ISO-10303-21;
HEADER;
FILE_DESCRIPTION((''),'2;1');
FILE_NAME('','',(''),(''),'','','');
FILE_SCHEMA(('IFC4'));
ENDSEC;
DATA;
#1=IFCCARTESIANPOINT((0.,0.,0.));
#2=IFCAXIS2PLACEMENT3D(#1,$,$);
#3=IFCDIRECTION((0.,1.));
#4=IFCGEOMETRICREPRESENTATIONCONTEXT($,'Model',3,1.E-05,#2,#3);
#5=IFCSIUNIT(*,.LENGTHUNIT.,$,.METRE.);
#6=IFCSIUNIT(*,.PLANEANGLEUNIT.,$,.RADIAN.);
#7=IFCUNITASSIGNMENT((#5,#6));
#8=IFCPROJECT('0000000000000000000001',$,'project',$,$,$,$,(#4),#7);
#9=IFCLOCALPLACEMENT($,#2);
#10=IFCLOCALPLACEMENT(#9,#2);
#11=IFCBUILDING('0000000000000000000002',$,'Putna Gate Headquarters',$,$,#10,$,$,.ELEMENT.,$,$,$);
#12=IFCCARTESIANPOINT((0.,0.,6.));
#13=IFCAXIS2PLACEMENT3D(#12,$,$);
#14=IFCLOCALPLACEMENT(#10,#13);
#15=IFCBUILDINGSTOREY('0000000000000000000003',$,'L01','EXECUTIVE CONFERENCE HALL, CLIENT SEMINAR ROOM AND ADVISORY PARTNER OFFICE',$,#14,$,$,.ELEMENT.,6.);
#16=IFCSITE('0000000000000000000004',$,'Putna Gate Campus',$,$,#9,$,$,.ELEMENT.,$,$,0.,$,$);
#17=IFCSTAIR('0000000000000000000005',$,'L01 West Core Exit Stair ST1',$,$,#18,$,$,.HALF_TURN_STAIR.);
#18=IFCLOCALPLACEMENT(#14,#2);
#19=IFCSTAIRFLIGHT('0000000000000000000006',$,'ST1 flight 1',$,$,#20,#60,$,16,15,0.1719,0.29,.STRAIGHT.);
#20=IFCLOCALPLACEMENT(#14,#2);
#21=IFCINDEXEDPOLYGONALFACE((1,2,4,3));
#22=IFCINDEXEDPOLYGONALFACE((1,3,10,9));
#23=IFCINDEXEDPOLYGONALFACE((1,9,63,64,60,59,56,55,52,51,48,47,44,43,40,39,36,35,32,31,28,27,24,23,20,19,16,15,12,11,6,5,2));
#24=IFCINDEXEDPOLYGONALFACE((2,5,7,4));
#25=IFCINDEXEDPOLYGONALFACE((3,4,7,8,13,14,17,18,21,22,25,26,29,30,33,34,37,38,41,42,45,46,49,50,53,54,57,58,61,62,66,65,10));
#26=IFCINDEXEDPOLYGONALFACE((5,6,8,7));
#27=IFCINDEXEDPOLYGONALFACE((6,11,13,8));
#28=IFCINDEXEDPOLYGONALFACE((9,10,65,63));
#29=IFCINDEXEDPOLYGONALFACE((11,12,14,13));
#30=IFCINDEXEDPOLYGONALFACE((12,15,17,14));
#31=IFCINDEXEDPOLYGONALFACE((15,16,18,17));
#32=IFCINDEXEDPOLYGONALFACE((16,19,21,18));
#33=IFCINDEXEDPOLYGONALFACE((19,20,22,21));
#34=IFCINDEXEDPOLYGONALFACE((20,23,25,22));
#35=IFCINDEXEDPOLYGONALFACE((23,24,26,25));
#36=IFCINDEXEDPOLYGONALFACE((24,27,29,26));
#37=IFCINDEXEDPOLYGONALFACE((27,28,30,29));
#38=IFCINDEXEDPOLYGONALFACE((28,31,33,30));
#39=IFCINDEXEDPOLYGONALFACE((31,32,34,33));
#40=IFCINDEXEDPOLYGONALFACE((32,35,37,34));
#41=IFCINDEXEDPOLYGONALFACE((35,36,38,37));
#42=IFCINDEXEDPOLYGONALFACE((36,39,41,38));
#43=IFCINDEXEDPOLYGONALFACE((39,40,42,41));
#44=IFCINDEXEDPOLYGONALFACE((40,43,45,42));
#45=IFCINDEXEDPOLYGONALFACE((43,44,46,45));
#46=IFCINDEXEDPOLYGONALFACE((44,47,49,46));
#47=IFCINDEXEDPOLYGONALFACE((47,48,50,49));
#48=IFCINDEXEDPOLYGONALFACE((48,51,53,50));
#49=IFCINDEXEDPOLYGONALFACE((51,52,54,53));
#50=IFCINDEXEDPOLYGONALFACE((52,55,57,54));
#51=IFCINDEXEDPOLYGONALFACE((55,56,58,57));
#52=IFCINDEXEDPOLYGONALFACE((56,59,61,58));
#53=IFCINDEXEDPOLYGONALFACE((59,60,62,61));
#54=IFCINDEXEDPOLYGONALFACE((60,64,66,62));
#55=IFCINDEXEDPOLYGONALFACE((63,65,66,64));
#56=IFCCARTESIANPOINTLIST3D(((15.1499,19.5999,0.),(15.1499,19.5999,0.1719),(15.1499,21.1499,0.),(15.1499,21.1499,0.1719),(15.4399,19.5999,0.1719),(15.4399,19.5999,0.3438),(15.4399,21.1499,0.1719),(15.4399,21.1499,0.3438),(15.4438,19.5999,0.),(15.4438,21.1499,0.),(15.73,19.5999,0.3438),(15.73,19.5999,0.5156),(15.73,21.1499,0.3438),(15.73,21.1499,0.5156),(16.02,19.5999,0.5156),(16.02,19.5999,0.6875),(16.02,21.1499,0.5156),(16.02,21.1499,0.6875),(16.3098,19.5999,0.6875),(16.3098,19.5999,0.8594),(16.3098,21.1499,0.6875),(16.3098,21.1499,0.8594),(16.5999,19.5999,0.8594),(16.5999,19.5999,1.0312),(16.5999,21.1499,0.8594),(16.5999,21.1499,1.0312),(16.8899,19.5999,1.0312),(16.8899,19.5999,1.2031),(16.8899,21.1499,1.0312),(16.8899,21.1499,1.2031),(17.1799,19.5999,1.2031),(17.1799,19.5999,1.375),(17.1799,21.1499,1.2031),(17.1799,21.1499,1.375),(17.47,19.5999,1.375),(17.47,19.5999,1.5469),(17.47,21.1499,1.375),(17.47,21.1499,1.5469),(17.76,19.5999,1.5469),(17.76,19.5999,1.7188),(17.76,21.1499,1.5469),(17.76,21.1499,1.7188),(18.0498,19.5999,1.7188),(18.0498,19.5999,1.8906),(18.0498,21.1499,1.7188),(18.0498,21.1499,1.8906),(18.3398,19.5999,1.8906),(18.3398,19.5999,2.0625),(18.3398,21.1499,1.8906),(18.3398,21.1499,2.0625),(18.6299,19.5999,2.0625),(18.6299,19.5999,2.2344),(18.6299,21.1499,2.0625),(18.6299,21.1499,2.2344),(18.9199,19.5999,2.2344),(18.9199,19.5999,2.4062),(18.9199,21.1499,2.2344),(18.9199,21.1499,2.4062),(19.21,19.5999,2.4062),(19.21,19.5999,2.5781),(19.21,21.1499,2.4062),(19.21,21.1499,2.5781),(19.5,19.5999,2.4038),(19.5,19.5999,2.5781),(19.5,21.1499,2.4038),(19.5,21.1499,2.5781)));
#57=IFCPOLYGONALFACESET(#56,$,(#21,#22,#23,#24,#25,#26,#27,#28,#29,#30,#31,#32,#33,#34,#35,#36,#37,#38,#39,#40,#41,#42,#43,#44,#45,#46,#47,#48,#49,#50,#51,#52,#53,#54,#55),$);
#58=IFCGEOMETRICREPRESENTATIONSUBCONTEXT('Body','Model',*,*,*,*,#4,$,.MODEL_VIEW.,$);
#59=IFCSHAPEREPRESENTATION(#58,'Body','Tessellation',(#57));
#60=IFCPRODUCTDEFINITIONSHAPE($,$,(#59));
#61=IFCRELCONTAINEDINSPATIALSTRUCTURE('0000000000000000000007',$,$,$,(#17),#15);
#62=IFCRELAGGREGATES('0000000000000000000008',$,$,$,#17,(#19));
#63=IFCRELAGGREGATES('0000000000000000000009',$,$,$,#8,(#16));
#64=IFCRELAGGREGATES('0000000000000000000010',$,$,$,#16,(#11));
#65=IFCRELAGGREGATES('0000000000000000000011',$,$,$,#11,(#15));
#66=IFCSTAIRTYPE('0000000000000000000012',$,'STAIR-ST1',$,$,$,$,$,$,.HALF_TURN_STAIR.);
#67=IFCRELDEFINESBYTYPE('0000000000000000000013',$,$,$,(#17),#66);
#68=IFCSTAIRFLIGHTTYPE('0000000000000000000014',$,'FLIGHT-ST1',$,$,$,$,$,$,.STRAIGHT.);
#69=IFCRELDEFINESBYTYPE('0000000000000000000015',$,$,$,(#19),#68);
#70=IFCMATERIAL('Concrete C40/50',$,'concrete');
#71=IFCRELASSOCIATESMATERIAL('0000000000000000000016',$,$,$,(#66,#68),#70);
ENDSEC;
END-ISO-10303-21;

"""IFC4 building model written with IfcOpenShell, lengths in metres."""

from ifc_helpers import new_model, si_unit, direction, frame, origin, place, context, subcontext, project, spatial, polyline, outline, extrude, material, type_object, element, aggregate, save


model = new_model("IFC4")

# Units and contexts
model_context = context("Model", 3, precision=1e-05, world=origin(), true_north=direction((0.0, 1.0)))
body_context = subcontext(model_context, "Body", "Model", "MODEL_VIEW")
ifc_project = project(units=[si_unit("LENGTHUNIT", "METRE"), si_unit("PLANEANGLEUNIT", "RADIAN")], contexts=[model_context])

# Site, building, storey
site_placement = place(None, origin())
site = spatial("IfcSite", under=ifc_project, at=site_placement, Name="Putna Gate Campus", CompositionType="ELEMENT", RefElevation=0.0)
building_placement = place(site_placement, origin())
building = spatial("IfcBuilding", under=site, at=building_placement, Name="Putna Gate Headquarters", CompositionType="ELEMENT")
storey_placement = place(building_placement, frame((0.0, 0.0, 6.0)))
storey = spatial("IfcBuildingStorey", under=building, at=storey_placement, Name="L01", Description="EXECUTIVE CONFERENCE HALL, CLIENT SEMINAR ROOM AND ADVISORY PARTNER OFFICE", CompositionType="ELEMENT", Elevation=6.0)

# Shared definitions
ifc_material_1 = material(Name="Concrete C40/50", Category="concrete")

# Stair, stair flight
stair_type = type_object("IfcStairType", Name="STAIR-ST1", PredefinedType="HALF_TURN_STAIR", material=ifc_material_1)
stair_placement = place(storey_placement, origin())
stair = element("IfcStair", 1, at=stair_placement, inside=storey, type_object=stair_type, Name="L01 West Core Exit Stair ST1", PredefinedType="HALF_TURN_STAIR")
stair_flight_type = type_object("IfcStairFlightType", Name="FLIGHT-ST1", PredefinedType="STRAIGHT", material=ifc_material_1)
stair_flight_placement = place(storey_placement, frame((15.1499, 20.375, 0.0), z_axis=(0.0, 0.0, 1.0), x_axis=(1.0, 0.0, 0.0)))
stair_flight = element("IfcStairFlight", 2, at=stair_flight_placement, type_object=stair_flight_type, Name="ST1 flight 1", NumberOfRisers=16, NumberOfTreads=15, PredefinedType="STRAIGHT", RiserHeight=0.1719, TreadLength=0.29, context=body_context, shape_type="SweptSolid", body=[
    extrude(outline(polyline([(0.0, 0.0), (0.0, 0.1719), (0.29, 0.1719), (0.29, 0.3438), (0.5801, 0.3438), (0.5801, 0.5156), (0.8701, 0.5156), (0.8701, 0.6875), (1.1599, 0.6875), (1.1599, 0.8594), (1.45, 0.8594), (1.45, 1.0312), (1.74, 1.0312), (1.74, 1.2031), (2.03, 1.2031), (2.03, 1.375), (2.3201, 1.375), (2.3201, 1.5469), (2.6101, 1.5469), (2.6101, 1.7188), (2.8999, 1.7188), (2.8999, 1.8906), (3.1899, 1.8906), (3.1899, 2.0625), (3.48, 2.0625), (3.48, 2.2344), (3.77, 2.2344), (3.77, 2.4062), (4.0601, 2.4062), (4.0601, 2.5781), (4.3501, 2.5781), (4.3501, 2.75), (4.3501, 2.4038), (0.2939, 0.0), (0.0, 0.0)])), frame((0.0, 0.7749, 0.0), z_axis=(0.0, -1.0, 0.0), x_axis=(1.0, 0.0, 0.0)), (0.0, 0.0, 1.0), 1.55),
])
aggregate(stair, [stair_flight])

save(model, "model.ifc")
